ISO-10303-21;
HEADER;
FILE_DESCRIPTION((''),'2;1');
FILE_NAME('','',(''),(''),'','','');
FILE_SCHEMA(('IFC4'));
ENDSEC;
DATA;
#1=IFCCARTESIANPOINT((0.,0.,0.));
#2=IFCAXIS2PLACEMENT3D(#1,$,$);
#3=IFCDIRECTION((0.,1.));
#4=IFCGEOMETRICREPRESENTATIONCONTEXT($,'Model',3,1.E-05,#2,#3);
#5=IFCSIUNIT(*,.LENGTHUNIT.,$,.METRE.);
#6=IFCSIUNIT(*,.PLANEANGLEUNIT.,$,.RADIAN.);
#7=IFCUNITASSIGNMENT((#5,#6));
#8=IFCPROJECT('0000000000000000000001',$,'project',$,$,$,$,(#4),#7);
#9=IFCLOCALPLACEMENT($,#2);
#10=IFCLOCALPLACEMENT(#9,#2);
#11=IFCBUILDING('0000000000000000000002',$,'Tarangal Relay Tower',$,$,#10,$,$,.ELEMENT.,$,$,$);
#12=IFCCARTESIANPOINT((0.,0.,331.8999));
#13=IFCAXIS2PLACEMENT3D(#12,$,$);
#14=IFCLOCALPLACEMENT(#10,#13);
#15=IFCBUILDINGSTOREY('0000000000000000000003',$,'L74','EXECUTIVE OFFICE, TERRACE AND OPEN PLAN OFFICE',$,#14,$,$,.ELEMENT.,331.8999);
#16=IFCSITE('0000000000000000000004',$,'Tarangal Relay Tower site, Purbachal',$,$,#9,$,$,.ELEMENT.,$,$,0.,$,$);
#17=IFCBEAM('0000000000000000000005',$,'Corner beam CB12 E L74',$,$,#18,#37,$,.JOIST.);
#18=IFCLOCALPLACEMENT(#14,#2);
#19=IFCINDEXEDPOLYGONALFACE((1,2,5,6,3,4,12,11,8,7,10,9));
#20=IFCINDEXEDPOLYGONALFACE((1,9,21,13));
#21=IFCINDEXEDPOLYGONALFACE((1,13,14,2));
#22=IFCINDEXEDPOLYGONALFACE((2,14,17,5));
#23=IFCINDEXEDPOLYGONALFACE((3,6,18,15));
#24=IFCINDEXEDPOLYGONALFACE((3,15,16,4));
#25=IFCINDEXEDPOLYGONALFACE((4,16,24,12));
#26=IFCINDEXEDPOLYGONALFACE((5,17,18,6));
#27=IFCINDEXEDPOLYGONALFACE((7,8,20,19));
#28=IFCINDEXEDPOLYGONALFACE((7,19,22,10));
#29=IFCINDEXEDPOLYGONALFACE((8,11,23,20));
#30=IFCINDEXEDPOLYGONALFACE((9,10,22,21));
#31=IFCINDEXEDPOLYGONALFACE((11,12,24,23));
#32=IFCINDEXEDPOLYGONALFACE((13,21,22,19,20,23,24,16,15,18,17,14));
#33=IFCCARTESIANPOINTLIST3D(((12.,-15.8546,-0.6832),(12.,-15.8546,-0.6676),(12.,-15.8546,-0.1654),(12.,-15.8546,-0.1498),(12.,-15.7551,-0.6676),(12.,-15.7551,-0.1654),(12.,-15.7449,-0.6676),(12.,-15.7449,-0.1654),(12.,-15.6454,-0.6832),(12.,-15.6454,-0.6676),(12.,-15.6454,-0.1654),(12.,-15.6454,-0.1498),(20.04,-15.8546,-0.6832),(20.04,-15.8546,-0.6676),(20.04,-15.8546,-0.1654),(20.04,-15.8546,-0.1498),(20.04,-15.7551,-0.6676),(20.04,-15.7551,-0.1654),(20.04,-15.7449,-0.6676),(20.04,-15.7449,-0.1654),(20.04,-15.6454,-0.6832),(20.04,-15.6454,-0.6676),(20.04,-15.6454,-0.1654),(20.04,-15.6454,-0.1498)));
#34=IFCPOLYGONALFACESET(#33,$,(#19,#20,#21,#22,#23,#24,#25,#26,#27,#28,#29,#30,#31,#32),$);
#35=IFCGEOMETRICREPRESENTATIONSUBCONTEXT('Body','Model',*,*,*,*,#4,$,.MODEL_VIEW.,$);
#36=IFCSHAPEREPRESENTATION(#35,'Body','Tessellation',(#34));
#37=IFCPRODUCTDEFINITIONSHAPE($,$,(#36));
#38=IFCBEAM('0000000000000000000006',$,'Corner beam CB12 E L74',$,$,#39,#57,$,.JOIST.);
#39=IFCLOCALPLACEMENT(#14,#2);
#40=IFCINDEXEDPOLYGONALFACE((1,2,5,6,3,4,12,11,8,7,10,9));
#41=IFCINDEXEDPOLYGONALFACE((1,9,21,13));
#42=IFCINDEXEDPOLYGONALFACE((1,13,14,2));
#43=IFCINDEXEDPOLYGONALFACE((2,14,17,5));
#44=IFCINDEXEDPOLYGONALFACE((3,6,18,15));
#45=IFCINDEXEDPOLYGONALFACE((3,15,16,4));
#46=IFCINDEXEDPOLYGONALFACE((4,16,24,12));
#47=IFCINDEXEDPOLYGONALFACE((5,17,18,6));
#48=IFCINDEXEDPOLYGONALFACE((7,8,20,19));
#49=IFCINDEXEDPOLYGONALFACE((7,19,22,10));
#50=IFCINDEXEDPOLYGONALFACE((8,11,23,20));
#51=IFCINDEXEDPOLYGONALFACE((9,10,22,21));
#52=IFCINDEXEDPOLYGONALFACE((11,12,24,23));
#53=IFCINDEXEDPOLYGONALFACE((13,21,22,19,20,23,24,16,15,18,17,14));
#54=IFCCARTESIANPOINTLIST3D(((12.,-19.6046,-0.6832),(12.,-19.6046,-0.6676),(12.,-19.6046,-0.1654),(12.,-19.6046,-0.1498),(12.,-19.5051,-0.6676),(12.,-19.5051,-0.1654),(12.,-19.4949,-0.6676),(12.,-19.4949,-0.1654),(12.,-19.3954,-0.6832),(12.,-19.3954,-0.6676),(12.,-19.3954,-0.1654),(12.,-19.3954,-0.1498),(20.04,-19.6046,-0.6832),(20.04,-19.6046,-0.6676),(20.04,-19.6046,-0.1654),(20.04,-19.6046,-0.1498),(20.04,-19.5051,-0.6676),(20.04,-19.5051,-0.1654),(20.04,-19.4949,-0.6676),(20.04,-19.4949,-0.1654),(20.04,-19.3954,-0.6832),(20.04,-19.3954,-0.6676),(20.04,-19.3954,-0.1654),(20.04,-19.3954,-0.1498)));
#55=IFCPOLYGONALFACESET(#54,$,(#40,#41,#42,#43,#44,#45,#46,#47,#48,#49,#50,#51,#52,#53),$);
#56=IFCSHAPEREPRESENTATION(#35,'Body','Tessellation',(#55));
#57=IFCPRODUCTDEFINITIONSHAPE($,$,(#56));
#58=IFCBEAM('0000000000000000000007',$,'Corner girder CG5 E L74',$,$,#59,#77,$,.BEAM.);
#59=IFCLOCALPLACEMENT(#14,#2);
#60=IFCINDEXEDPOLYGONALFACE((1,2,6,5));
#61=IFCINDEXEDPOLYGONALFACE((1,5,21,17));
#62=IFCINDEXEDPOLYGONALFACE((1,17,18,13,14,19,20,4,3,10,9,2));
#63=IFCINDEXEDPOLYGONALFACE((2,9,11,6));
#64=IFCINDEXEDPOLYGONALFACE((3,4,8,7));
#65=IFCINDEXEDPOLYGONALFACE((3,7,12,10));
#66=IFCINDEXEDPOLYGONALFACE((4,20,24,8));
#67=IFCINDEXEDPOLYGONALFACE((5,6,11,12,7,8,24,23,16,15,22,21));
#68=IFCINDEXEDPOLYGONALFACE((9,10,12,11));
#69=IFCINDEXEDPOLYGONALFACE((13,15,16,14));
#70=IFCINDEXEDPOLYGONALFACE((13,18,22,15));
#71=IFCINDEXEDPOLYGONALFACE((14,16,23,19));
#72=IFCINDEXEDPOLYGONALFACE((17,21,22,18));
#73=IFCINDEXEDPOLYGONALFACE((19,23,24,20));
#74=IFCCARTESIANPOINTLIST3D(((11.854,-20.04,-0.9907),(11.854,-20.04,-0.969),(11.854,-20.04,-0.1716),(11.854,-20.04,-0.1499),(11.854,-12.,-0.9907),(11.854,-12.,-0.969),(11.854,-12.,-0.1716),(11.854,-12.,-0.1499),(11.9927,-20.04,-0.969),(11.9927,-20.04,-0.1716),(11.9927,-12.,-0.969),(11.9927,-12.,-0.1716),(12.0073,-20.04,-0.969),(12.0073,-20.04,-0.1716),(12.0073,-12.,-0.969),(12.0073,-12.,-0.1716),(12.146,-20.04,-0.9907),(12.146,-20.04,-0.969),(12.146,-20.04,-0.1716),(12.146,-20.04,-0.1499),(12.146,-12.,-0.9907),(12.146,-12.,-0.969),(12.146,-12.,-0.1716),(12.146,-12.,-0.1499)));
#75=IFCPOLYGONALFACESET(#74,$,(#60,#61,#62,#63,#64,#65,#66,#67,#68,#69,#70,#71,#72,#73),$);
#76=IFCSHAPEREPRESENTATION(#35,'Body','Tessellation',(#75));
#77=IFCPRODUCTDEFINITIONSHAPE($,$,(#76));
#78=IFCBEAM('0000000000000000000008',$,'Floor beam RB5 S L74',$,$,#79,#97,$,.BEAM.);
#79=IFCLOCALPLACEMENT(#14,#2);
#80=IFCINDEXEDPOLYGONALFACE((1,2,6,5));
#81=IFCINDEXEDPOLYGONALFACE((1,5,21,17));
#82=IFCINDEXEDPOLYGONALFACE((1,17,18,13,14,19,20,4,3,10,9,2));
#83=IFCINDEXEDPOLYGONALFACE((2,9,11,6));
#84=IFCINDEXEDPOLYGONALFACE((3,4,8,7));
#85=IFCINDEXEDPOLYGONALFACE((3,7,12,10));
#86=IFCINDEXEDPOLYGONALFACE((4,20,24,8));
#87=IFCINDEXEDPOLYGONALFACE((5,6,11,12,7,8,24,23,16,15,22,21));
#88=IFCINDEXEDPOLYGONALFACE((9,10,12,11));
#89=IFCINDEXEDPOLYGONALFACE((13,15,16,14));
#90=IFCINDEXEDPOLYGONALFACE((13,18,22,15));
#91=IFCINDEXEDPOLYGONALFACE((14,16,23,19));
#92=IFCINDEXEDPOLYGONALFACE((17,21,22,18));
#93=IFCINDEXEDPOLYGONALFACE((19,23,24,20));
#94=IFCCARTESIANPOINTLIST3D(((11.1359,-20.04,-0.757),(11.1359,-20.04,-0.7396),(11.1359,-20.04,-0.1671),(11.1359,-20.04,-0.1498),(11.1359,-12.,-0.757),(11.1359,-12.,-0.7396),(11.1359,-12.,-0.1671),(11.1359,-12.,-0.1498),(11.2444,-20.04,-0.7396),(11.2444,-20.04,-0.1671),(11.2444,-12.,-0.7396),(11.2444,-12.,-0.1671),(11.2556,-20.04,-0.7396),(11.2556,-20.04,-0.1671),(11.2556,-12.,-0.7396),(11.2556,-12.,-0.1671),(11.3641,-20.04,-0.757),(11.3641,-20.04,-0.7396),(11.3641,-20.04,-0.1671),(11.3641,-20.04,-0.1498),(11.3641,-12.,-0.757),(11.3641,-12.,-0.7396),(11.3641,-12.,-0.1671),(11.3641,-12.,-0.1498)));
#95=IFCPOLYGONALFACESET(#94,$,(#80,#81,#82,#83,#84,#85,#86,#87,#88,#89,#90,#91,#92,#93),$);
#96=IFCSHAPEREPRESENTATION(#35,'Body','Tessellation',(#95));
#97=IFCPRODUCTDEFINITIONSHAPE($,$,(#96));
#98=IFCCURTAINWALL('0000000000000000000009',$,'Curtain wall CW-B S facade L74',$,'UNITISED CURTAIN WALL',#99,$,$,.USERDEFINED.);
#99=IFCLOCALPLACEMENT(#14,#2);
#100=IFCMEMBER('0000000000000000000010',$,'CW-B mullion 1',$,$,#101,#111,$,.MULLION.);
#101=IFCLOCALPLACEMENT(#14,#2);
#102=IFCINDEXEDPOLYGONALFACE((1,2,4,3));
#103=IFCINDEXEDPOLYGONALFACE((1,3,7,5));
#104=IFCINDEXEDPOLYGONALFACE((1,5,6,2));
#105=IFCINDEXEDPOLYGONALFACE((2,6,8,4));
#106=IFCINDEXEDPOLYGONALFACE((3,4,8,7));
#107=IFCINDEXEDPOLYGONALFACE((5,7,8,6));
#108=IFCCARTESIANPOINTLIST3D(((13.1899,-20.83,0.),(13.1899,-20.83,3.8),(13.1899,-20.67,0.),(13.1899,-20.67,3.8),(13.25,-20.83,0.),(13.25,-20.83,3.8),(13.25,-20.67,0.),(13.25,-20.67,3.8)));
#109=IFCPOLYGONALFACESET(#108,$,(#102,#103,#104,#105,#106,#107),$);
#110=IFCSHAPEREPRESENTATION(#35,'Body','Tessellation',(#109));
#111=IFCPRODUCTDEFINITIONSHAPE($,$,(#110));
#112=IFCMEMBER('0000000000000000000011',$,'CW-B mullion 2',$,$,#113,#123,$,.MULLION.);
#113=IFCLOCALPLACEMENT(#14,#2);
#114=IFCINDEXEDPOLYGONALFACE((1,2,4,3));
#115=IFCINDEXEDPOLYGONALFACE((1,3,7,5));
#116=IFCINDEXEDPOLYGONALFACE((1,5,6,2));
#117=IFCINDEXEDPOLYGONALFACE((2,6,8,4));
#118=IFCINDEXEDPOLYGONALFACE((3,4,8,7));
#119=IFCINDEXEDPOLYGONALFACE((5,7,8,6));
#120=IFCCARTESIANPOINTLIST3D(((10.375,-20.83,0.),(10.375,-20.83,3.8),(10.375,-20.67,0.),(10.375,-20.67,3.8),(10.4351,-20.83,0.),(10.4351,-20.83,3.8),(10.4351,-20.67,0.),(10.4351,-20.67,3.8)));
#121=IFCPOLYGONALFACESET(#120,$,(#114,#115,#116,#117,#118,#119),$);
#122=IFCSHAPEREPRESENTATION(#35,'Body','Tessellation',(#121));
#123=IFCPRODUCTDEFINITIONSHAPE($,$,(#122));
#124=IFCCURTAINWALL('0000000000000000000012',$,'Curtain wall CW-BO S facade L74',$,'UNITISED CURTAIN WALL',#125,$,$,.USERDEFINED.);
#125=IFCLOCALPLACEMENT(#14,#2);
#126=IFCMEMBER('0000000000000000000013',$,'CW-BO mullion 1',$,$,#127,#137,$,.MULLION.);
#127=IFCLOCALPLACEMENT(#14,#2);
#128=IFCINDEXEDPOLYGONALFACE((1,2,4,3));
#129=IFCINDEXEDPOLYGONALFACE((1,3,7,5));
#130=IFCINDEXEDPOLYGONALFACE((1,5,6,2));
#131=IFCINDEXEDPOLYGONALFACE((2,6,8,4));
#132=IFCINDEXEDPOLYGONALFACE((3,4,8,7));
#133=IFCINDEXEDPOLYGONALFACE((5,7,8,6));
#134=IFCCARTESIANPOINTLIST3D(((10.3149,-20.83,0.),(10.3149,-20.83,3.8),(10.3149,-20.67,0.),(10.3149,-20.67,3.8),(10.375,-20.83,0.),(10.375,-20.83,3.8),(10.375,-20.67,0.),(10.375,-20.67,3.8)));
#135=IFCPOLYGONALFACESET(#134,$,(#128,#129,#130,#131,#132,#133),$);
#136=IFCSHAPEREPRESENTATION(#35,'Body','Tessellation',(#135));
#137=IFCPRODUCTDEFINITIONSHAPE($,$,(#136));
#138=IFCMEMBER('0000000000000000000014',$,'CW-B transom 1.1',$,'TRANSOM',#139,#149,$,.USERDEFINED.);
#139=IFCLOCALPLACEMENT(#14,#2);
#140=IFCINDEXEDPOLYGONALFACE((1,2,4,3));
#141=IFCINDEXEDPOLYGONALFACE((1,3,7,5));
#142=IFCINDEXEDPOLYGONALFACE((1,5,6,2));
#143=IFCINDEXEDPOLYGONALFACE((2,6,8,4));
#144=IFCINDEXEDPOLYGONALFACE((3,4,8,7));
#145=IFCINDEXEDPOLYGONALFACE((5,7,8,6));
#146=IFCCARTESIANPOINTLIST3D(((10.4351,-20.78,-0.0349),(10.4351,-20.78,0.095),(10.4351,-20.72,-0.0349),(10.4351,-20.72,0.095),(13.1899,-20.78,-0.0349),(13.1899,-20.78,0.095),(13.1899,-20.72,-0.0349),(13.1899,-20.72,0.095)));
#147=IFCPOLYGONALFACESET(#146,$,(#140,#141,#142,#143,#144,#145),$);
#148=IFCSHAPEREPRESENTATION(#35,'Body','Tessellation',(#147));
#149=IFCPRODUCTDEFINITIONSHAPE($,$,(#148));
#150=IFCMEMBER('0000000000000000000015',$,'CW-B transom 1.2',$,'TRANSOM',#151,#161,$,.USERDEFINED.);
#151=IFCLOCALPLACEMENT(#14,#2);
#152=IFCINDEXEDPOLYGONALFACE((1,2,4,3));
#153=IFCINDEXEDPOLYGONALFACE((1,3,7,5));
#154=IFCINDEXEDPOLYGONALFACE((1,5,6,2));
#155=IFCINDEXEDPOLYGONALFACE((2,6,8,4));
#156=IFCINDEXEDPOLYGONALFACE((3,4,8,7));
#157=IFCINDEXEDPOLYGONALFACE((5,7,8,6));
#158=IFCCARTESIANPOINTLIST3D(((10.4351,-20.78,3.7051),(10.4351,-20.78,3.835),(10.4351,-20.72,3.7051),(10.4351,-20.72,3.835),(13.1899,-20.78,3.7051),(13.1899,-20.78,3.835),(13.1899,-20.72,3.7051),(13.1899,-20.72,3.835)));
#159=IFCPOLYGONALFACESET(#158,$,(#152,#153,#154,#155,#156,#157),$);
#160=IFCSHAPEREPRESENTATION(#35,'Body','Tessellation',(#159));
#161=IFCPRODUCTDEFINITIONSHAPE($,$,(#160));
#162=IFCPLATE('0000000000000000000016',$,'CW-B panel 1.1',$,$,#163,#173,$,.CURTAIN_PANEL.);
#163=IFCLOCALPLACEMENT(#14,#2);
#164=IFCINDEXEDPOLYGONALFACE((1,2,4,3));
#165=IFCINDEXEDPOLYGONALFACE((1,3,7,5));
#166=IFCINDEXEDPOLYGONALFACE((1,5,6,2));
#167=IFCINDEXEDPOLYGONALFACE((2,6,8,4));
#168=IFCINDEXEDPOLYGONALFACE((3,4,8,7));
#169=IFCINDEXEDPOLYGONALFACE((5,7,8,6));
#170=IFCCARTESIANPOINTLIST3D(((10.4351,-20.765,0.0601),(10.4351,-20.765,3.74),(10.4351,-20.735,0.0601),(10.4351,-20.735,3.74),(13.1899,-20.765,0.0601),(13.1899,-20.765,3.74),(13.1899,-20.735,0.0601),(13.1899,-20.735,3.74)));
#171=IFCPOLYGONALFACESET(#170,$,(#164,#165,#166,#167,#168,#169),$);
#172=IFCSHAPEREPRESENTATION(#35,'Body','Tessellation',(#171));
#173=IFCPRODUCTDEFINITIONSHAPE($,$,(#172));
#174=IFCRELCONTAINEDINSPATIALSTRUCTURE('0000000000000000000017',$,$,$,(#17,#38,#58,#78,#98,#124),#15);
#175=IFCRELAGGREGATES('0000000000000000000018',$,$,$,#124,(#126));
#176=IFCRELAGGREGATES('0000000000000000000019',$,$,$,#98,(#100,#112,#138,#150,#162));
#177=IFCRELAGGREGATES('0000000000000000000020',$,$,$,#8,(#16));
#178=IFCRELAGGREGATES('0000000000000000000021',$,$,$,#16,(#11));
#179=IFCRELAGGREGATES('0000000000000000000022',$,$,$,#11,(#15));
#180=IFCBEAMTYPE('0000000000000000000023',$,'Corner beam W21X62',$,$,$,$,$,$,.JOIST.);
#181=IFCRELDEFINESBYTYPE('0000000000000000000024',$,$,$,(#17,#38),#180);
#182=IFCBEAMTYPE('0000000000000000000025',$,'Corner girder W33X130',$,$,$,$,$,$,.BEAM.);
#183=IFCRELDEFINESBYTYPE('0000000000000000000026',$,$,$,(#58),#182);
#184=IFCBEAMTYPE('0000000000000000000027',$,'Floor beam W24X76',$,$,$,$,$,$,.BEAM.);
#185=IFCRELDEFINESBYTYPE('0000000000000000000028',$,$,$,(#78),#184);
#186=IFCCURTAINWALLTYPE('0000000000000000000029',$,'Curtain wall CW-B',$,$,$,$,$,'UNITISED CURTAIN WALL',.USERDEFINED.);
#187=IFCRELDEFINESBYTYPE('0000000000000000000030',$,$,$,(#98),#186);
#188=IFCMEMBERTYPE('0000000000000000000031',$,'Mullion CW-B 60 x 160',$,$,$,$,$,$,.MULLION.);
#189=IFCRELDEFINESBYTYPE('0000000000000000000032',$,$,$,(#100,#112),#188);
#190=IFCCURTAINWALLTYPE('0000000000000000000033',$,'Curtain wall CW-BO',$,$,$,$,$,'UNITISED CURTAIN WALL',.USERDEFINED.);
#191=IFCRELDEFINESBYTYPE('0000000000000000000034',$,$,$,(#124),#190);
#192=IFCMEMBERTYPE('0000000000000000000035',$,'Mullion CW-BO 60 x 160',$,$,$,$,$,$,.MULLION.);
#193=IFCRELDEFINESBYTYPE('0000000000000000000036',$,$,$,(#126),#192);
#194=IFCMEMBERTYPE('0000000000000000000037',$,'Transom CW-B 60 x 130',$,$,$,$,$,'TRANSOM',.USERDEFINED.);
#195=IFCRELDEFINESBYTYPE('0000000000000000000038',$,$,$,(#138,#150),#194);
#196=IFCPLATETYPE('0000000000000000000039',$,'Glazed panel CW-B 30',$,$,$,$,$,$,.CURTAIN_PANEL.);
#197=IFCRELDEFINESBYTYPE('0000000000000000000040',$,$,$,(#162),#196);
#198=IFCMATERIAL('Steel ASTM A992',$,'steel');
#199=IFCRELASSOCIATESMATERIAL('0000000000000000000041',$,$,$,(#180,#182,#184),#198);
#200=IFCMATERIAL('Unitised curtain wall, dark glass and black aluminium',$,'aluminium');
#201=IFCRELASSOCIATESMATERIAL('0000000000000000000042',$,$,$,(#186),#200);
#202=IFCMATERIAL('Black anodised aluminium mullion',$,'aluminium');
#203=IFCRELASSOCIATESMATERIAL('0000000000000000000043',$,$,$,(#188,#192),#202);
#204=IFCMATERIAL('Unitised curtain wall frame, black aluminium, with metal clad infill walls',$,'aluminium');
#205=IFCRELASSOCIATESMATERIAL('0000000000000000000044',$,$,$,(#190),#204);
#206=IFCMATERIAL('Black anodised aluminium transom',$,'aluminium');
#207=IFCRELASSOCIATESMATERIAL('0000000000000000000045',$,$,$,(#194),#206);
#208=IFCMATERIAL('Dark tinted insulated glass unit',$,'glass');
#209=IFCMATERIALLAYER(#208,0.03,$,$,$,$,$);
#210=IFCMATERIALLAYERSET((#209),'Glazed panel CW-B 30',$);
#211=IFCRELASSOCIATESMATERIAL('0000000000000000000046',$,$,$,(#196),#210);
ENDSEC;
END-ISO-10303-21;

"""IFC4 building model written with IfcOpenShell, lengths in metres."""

from ifc_helpers import new_model, si_unit, direction, frame, origin, origin_2d, place, context, subcontext, project, spatial, rectangle, i_section, extrude, material, layer, layer_set, material_profile, profile_set, type_object, element, aggregate, save


model = new_model("IFC4")

# Units and contexts
model_context = context("Model", 3, precision=1e-05, world=origin(), true_north=direction((0.0, 1.0)))
body_context = subcontext(model_context, "Body", "Model", "MODEL_VIEW")
ifc_project = project(units=[si_unit("LENGTHUNIT", "METRE"), si_unit("PLANEANGLEUNIT", "RADIAN")], contexts=[model_context])

# Site, building, storey
site_placement = place(None, origin())
site = spatial("IfcSite", under=ifc_project, at=site_placement, Name="Tarangal Relay Tower site, Purbachal", CompositionType="ELEMENT", RefElevation=0.0)
building_placement = place(site_placement, origin())
building = spatial("IfcBuilding", under=site, at=building_placement, Name="Tarangal Relay Tower", CompositionType="ELEMENT")
storey_placement = place(building_placement, frame((0.0, 0.0, 331.8999)))
storey = spatial("IfcBuildingStorey", under=building, at=storey_placement, Name="L74", Description="EXECUTIVE OFFICE, TERRACE AND OPEN PLAN OFFICE", CompositionType="ELEMENT", Elevation=331.8999)

# Beams
ifc_material_1 = material(Name="Steel ASTM A992", Category="steel")
ifc_material_profile_1 = material_profile(ifc_material_1, i_section(OverallWidth=0.2092, OverallDepth=0.5334, WebThickness=0.0103, FlangeThickness=0.0156, at=origin_2d()), Name="W21X62")
ifc_profile_set_1 = profile_set([ifc_material_profile_1], Name="Steel ASTM A992")
beam_type_1 = type_object("IfcBeamType", Name="Corner beam W21X62", PredefinedType="JOIST", material=ifc_profile_set_1)
for number, where, z_axis, x_axis, name in (
    (1, (12.0, -15.75, -0.4165), (1.0, 0.0, 0.0), (0.0, 1.0, 0.0), "Corner beam CB12 E L74"),
    (2, (12.0, -19.5, -0.4165), (1.0, 0.0, 0.0), (0.0, 1.0, 0.0), "Corner beam CB12 E L74"),
):
    element("IfcBeam", number, at=place(storey_placement, frame(where, z_axis=z_axis, x_axis=x_axis)), inside=storey, type_object=beam_type_1, Name=name, PredefinedType="JOIST", context=body_context, shape_type="SweptSolid", body=[
        extrude(i_section(OverallWidth=0.2092, OverallDepth=0.5334, WebThickness=0.0103, FlangeThickness=0.0156, at=origin_2d()), origin(), (0.0, 0.0, 1.0), 8.04),
    ])
ifc_material_profile_2 = material_profile(ifc_material_1, i_section(OverallWidth=0.292, OverallDepth=0.8408, WebThickness=0.0146, FlangeThickness=0.0217, at=origin_2d()), Name="W33X130")
ifc_profile_set_2 = profile_set([ifc_material_profile_2], Name="Steel ASTM A992")
beam_type_2 = type_object("IfcBeamType", Name="Corner girder W33X130", PredefinedType="BEAM", material=ifc_profile_set_2)
beam_1_placement = place(storey_placement, frame((12.0, -12.0, -0.5703), z_axis=(0.0, -1.0, 0.0), x_axis=(1.0, 0.0, 0.0)))
element("IfcBeam", 3, at=beam_1_placement, inside=storey, type_object=beam_type_2, Name="Corner girder CG5 E L74", PredefinedType="BEAM", context=body_context, shape_type="SweptSolid", body=[
    extrude(i_section(OverallWidth=0.292, OverallDepth=0.8408, WebThickness=0.0146, FlangeThickness=0.0217, at=origin_2d()), origin(), (0.0, 0.0, 1.0), 8.04),
])
ifc_material_profile_3 = material_profile(ifc_material_1, i_section(OverallWidth=0.2283, OverallDepth=0.6072, WebThickness=0.0112, FlangeThickness=0.0173, at=origin_2d()), Name="W24X76")
ifc_profile_set_3 = profile_set([ifc_material_profile_3], Name="Steel ASTM A992")
beam_type_3 = type_object("IfcBeamType", Name="Floor beam W24X76", PredefinedType="BEAM", material=ifc_profile_set_3)
beam_2_placement = place(storey_placement, frame((11.25, -12.0, -0.4534), z_axis=(0.0, -1.0, 0.0), x_axis=(1.0, 0.0, 0.0)))
element("IfcBeam", 4, at=beam_2_placement, inside=storey, type_object=beam_type_3, Name="Floor beam RB5 S L74", PredefinedType="BEAM", context=body_context, shape_type="SweptSolid", body=[
    extrude(i_section(OverallWidth=0.2283, OverallDepth=0.6072, WebThickness=0.0112, FlangeThickness=0.0173, at=origin_2d()), origin(), (0.0, 0.0, 1.0), 8.04),
])

# Curtain wall, members
ifc_material_2 = material(Name="Unitised curtain wall, dark glass and black aluminium", Category="aluminium")
curtain_wall_type_1 = type_object("IfcCurtainWallType", Name="Curtain wall CW-B", ElementType="UNITISED CURTAIN WALL", PredefinedType="USERDEFINED", material=ifc_material_2)
curtain_wall_1_placement = place(storey_placement, origin())
curtain_wall_1 = element("IfcCurtainWall", 5, at=curtain_wall_1_placement, inside=storey, type_object=curtain_wall_type_1, Name="Curtain wall CW-B S facade L74", ObjectType="UNITISED CURTAIN WALL", PredefinedType="USERDEFINED")
ifc_material_3 = material(Name="Black anodised aluminium mullion", Category="aluminium")
ifc_material_profile_4 = material_profile(ifc_material_3, rectangle(XDim=0.1599, YDim=0.0601, at=origin_2d()), Name="CW-BM 60X160")
ifc_profile_set_4 = profile_set([ifc_material_profile_4], Name="Black anodised aluminium mullion")
member_type_1 = type_object("IfcMemberType", Name="Mullion CW-B 60 x 160", PredefinedType="MULLION", material=ifc_profile_set_4)
member_1_placement = place(storey_placement, frame((13.22, -20.75, 0.0), z_axis=(0.0, 0.0, 1.0), x_axis=(0.0, -1.0, 0.0)))
member_1 = element("IfcMember", 6, at=member_1_placement, type_object=member_type_1, Name="CW-B mullion 1", PredefinedType="MULLION", context=body_context, shape_type="SweptSolid", body=[
    extrude(rectangle(XDim=0.1599, YDim=0.0601, at=origin_2d()), origin(), (0.0, 0.0, 1.0), 3.8),
])
member_2_placement = place(storey_placement, frame((10.405, -20.75, 0.0), z_axis=(0.0, 0.0, 1.0), x_axis=(0.0, -1.0, 0.0)))
member_2 = element("IfcMember", 7, at=member_2_placement, type_object=member_type_1, Name="CW-B mullion 2", PredefinedType="MULLION", context=body_context, shape_type="SweptSolid", body=[
    extrude(rectangle(XDim=0.1599, YDim=0.0601, at=origin_2d()), origin(), (0.0, 0.0, 1.0), 3.8),
])

# Curtain wall, member
ifc_material_4 = material(Name="Unitised curtain wall frame, black aluminium, with metal clad infill walls", Category="aluminium")
curtain_wall_type_2 = type_object("IfcCurtainWallType", Name="Curtain wall CW-BO", ElementType="UNITISED CURTAIN WALL", PredefinedType="USERDEFINED", material=ifc_material_4)
curtain_wall_2_placement = place(storey_placement, origin())
curtain_wall_2 = element("IfcCurtainWall", 8, at=curtain_wall_2_placement, inside=storey, type_object=curtain_wall_type_2, Name="Curtain wall CW-BO S facade L74", ObjectType="UNITISED CURTAIN WALL", PredefinedType="USERDEFINED")
ifc_material_profile_5 = material_profile(ifc_material_3, rectangle(XDim=0.1599, YDim=0.0601, at=origin_2d()), Name="CW-BOM 60X160")
ifc_profile_set_5 = profile_set([ifc_material_profile_5], Name="Black anodised aluminium mullion")
member_type_2 = type_object("IfcMemberType", Name="Mullion CW-BO 60 x 160", PredefinedType="MULLION", material=ifc_profile_set_5)
member_3_placement = place(storey_placement, frame((10.345, -20.75, 0.0), z_axis=(0.0, 0.0, 1.0), x_axis=(0.0, -1.0, 0.0)))
member_3 = element("IfcMember", 9, at=member_3_placement, type_object=member_type_2, Name="CW-BO mullion 1", PredefinedType="MULLION", context=body_context, shape_type="SweptSolid", body=[
    extrude(rectangle(XDim=0.1599, YDim=0.0601, at=origin_2d()), origin(), (0.0, 0.0, 1.0), 3.8),
])
aggregate(curtain_wall_2, [member_3])

# Members
ifc_material_5 = material(Name="Black anodised aluminium transom", Category="aluminium")
ifc_material_profile_6 = material_profile(ifc_material_5, rectangle(XDim=0.0601, YDim=0.1299, at=origin_2d()), Name="CW-BT 60X130")
ifc_profile_set_6 = profile_set([ifc_material_profile_6], Name="Black anodised aluminium transom")
member_type_3 = type_object("IfcMemberType", Name="Transom CW-B 60 x 130", ElementType="TRANSOM", PredefinedType="USERDEFINED", material=ifc_profile_set_6)
member_4_placement = place(storey_placement, frame((13.1899, -20.75, 0.03), z_axis=(-1.0, 0.0, 0.0), x_axis=(0.0, -1.0, 0.0)))
member_4 = element("IfcMember", 10, at=member_4_placement, type_object=member_type_3, Name="CW-B transom 1.1", ObjectType="TRANSOM", PredefinedType="USERDEFINED", context=body_context, shape_type="SweptSolid", body=[
    extrude(rectangle(XDim=0.0601, YDim=0.1299, at=origin_2d()), origin(), (0.0, 0.0, 1.0), 2.7549),
])
member_5_placement = place(storey_placement, frame((13.1899, -20.75, 3.77), z_axis=(-1.0, 0.0, 0.0), x_axis=(0.0, -1.0, 0.0)))
member_5 = element("IfcMember", 11, at=member_5_placement, type_object=member_type_3, Name="CW-B transom 1.2", ObjectType="TRANSOM", PredefinedType="USERDEFINED", context=body_context, shape_type="SweptSolid", body=[
    extrude(rectangle(XDim=0.0601, YDim=0.1299, at=origin_2d()), origin(), (0.0, 0.0, 1.0), 2.7549),
])

# Plate
ifc_material_6 = material(Name="Dark tinted insulated glass unit", Category="glass")
ifc_layer_1 = layer(ifc_material_6, 0.03)
ifc_layer_set_1 = layer_set([ifc_layer_1], Name="Glazed panel CW-B 30")
plate_type = type_object("IfcPlateType", Name="Glazed panel CW-B 30", PredefinedType="CURTAIN_PANEL", material=ifc_layer_set_1)
plate_placement = place(storey_placement, frame((11.8125, -20.75, 0.0601), z_axis=(0.0, 0.0, 1.0), x_axis=(-1.0, 0.0, 0.0)))
plate = element("IfcPlate", 12, at=plate_placement, type_object=plate_type, Name="CW-B panel 1.1", PredefinedType="CURTAIN_PANEL", context=body_context, shape_type="SweptSolid", body=[
    extrude(rectangle(XDim=2.7549, YDim=0.03, at=origin_2d()), origin(), (0.0, 0.0, 1.0), 3.6799),
])
aggregate(curtain_wall_1, [member_1, member_2, member_4, member_5, plate])

save(model, "model.ifc")
